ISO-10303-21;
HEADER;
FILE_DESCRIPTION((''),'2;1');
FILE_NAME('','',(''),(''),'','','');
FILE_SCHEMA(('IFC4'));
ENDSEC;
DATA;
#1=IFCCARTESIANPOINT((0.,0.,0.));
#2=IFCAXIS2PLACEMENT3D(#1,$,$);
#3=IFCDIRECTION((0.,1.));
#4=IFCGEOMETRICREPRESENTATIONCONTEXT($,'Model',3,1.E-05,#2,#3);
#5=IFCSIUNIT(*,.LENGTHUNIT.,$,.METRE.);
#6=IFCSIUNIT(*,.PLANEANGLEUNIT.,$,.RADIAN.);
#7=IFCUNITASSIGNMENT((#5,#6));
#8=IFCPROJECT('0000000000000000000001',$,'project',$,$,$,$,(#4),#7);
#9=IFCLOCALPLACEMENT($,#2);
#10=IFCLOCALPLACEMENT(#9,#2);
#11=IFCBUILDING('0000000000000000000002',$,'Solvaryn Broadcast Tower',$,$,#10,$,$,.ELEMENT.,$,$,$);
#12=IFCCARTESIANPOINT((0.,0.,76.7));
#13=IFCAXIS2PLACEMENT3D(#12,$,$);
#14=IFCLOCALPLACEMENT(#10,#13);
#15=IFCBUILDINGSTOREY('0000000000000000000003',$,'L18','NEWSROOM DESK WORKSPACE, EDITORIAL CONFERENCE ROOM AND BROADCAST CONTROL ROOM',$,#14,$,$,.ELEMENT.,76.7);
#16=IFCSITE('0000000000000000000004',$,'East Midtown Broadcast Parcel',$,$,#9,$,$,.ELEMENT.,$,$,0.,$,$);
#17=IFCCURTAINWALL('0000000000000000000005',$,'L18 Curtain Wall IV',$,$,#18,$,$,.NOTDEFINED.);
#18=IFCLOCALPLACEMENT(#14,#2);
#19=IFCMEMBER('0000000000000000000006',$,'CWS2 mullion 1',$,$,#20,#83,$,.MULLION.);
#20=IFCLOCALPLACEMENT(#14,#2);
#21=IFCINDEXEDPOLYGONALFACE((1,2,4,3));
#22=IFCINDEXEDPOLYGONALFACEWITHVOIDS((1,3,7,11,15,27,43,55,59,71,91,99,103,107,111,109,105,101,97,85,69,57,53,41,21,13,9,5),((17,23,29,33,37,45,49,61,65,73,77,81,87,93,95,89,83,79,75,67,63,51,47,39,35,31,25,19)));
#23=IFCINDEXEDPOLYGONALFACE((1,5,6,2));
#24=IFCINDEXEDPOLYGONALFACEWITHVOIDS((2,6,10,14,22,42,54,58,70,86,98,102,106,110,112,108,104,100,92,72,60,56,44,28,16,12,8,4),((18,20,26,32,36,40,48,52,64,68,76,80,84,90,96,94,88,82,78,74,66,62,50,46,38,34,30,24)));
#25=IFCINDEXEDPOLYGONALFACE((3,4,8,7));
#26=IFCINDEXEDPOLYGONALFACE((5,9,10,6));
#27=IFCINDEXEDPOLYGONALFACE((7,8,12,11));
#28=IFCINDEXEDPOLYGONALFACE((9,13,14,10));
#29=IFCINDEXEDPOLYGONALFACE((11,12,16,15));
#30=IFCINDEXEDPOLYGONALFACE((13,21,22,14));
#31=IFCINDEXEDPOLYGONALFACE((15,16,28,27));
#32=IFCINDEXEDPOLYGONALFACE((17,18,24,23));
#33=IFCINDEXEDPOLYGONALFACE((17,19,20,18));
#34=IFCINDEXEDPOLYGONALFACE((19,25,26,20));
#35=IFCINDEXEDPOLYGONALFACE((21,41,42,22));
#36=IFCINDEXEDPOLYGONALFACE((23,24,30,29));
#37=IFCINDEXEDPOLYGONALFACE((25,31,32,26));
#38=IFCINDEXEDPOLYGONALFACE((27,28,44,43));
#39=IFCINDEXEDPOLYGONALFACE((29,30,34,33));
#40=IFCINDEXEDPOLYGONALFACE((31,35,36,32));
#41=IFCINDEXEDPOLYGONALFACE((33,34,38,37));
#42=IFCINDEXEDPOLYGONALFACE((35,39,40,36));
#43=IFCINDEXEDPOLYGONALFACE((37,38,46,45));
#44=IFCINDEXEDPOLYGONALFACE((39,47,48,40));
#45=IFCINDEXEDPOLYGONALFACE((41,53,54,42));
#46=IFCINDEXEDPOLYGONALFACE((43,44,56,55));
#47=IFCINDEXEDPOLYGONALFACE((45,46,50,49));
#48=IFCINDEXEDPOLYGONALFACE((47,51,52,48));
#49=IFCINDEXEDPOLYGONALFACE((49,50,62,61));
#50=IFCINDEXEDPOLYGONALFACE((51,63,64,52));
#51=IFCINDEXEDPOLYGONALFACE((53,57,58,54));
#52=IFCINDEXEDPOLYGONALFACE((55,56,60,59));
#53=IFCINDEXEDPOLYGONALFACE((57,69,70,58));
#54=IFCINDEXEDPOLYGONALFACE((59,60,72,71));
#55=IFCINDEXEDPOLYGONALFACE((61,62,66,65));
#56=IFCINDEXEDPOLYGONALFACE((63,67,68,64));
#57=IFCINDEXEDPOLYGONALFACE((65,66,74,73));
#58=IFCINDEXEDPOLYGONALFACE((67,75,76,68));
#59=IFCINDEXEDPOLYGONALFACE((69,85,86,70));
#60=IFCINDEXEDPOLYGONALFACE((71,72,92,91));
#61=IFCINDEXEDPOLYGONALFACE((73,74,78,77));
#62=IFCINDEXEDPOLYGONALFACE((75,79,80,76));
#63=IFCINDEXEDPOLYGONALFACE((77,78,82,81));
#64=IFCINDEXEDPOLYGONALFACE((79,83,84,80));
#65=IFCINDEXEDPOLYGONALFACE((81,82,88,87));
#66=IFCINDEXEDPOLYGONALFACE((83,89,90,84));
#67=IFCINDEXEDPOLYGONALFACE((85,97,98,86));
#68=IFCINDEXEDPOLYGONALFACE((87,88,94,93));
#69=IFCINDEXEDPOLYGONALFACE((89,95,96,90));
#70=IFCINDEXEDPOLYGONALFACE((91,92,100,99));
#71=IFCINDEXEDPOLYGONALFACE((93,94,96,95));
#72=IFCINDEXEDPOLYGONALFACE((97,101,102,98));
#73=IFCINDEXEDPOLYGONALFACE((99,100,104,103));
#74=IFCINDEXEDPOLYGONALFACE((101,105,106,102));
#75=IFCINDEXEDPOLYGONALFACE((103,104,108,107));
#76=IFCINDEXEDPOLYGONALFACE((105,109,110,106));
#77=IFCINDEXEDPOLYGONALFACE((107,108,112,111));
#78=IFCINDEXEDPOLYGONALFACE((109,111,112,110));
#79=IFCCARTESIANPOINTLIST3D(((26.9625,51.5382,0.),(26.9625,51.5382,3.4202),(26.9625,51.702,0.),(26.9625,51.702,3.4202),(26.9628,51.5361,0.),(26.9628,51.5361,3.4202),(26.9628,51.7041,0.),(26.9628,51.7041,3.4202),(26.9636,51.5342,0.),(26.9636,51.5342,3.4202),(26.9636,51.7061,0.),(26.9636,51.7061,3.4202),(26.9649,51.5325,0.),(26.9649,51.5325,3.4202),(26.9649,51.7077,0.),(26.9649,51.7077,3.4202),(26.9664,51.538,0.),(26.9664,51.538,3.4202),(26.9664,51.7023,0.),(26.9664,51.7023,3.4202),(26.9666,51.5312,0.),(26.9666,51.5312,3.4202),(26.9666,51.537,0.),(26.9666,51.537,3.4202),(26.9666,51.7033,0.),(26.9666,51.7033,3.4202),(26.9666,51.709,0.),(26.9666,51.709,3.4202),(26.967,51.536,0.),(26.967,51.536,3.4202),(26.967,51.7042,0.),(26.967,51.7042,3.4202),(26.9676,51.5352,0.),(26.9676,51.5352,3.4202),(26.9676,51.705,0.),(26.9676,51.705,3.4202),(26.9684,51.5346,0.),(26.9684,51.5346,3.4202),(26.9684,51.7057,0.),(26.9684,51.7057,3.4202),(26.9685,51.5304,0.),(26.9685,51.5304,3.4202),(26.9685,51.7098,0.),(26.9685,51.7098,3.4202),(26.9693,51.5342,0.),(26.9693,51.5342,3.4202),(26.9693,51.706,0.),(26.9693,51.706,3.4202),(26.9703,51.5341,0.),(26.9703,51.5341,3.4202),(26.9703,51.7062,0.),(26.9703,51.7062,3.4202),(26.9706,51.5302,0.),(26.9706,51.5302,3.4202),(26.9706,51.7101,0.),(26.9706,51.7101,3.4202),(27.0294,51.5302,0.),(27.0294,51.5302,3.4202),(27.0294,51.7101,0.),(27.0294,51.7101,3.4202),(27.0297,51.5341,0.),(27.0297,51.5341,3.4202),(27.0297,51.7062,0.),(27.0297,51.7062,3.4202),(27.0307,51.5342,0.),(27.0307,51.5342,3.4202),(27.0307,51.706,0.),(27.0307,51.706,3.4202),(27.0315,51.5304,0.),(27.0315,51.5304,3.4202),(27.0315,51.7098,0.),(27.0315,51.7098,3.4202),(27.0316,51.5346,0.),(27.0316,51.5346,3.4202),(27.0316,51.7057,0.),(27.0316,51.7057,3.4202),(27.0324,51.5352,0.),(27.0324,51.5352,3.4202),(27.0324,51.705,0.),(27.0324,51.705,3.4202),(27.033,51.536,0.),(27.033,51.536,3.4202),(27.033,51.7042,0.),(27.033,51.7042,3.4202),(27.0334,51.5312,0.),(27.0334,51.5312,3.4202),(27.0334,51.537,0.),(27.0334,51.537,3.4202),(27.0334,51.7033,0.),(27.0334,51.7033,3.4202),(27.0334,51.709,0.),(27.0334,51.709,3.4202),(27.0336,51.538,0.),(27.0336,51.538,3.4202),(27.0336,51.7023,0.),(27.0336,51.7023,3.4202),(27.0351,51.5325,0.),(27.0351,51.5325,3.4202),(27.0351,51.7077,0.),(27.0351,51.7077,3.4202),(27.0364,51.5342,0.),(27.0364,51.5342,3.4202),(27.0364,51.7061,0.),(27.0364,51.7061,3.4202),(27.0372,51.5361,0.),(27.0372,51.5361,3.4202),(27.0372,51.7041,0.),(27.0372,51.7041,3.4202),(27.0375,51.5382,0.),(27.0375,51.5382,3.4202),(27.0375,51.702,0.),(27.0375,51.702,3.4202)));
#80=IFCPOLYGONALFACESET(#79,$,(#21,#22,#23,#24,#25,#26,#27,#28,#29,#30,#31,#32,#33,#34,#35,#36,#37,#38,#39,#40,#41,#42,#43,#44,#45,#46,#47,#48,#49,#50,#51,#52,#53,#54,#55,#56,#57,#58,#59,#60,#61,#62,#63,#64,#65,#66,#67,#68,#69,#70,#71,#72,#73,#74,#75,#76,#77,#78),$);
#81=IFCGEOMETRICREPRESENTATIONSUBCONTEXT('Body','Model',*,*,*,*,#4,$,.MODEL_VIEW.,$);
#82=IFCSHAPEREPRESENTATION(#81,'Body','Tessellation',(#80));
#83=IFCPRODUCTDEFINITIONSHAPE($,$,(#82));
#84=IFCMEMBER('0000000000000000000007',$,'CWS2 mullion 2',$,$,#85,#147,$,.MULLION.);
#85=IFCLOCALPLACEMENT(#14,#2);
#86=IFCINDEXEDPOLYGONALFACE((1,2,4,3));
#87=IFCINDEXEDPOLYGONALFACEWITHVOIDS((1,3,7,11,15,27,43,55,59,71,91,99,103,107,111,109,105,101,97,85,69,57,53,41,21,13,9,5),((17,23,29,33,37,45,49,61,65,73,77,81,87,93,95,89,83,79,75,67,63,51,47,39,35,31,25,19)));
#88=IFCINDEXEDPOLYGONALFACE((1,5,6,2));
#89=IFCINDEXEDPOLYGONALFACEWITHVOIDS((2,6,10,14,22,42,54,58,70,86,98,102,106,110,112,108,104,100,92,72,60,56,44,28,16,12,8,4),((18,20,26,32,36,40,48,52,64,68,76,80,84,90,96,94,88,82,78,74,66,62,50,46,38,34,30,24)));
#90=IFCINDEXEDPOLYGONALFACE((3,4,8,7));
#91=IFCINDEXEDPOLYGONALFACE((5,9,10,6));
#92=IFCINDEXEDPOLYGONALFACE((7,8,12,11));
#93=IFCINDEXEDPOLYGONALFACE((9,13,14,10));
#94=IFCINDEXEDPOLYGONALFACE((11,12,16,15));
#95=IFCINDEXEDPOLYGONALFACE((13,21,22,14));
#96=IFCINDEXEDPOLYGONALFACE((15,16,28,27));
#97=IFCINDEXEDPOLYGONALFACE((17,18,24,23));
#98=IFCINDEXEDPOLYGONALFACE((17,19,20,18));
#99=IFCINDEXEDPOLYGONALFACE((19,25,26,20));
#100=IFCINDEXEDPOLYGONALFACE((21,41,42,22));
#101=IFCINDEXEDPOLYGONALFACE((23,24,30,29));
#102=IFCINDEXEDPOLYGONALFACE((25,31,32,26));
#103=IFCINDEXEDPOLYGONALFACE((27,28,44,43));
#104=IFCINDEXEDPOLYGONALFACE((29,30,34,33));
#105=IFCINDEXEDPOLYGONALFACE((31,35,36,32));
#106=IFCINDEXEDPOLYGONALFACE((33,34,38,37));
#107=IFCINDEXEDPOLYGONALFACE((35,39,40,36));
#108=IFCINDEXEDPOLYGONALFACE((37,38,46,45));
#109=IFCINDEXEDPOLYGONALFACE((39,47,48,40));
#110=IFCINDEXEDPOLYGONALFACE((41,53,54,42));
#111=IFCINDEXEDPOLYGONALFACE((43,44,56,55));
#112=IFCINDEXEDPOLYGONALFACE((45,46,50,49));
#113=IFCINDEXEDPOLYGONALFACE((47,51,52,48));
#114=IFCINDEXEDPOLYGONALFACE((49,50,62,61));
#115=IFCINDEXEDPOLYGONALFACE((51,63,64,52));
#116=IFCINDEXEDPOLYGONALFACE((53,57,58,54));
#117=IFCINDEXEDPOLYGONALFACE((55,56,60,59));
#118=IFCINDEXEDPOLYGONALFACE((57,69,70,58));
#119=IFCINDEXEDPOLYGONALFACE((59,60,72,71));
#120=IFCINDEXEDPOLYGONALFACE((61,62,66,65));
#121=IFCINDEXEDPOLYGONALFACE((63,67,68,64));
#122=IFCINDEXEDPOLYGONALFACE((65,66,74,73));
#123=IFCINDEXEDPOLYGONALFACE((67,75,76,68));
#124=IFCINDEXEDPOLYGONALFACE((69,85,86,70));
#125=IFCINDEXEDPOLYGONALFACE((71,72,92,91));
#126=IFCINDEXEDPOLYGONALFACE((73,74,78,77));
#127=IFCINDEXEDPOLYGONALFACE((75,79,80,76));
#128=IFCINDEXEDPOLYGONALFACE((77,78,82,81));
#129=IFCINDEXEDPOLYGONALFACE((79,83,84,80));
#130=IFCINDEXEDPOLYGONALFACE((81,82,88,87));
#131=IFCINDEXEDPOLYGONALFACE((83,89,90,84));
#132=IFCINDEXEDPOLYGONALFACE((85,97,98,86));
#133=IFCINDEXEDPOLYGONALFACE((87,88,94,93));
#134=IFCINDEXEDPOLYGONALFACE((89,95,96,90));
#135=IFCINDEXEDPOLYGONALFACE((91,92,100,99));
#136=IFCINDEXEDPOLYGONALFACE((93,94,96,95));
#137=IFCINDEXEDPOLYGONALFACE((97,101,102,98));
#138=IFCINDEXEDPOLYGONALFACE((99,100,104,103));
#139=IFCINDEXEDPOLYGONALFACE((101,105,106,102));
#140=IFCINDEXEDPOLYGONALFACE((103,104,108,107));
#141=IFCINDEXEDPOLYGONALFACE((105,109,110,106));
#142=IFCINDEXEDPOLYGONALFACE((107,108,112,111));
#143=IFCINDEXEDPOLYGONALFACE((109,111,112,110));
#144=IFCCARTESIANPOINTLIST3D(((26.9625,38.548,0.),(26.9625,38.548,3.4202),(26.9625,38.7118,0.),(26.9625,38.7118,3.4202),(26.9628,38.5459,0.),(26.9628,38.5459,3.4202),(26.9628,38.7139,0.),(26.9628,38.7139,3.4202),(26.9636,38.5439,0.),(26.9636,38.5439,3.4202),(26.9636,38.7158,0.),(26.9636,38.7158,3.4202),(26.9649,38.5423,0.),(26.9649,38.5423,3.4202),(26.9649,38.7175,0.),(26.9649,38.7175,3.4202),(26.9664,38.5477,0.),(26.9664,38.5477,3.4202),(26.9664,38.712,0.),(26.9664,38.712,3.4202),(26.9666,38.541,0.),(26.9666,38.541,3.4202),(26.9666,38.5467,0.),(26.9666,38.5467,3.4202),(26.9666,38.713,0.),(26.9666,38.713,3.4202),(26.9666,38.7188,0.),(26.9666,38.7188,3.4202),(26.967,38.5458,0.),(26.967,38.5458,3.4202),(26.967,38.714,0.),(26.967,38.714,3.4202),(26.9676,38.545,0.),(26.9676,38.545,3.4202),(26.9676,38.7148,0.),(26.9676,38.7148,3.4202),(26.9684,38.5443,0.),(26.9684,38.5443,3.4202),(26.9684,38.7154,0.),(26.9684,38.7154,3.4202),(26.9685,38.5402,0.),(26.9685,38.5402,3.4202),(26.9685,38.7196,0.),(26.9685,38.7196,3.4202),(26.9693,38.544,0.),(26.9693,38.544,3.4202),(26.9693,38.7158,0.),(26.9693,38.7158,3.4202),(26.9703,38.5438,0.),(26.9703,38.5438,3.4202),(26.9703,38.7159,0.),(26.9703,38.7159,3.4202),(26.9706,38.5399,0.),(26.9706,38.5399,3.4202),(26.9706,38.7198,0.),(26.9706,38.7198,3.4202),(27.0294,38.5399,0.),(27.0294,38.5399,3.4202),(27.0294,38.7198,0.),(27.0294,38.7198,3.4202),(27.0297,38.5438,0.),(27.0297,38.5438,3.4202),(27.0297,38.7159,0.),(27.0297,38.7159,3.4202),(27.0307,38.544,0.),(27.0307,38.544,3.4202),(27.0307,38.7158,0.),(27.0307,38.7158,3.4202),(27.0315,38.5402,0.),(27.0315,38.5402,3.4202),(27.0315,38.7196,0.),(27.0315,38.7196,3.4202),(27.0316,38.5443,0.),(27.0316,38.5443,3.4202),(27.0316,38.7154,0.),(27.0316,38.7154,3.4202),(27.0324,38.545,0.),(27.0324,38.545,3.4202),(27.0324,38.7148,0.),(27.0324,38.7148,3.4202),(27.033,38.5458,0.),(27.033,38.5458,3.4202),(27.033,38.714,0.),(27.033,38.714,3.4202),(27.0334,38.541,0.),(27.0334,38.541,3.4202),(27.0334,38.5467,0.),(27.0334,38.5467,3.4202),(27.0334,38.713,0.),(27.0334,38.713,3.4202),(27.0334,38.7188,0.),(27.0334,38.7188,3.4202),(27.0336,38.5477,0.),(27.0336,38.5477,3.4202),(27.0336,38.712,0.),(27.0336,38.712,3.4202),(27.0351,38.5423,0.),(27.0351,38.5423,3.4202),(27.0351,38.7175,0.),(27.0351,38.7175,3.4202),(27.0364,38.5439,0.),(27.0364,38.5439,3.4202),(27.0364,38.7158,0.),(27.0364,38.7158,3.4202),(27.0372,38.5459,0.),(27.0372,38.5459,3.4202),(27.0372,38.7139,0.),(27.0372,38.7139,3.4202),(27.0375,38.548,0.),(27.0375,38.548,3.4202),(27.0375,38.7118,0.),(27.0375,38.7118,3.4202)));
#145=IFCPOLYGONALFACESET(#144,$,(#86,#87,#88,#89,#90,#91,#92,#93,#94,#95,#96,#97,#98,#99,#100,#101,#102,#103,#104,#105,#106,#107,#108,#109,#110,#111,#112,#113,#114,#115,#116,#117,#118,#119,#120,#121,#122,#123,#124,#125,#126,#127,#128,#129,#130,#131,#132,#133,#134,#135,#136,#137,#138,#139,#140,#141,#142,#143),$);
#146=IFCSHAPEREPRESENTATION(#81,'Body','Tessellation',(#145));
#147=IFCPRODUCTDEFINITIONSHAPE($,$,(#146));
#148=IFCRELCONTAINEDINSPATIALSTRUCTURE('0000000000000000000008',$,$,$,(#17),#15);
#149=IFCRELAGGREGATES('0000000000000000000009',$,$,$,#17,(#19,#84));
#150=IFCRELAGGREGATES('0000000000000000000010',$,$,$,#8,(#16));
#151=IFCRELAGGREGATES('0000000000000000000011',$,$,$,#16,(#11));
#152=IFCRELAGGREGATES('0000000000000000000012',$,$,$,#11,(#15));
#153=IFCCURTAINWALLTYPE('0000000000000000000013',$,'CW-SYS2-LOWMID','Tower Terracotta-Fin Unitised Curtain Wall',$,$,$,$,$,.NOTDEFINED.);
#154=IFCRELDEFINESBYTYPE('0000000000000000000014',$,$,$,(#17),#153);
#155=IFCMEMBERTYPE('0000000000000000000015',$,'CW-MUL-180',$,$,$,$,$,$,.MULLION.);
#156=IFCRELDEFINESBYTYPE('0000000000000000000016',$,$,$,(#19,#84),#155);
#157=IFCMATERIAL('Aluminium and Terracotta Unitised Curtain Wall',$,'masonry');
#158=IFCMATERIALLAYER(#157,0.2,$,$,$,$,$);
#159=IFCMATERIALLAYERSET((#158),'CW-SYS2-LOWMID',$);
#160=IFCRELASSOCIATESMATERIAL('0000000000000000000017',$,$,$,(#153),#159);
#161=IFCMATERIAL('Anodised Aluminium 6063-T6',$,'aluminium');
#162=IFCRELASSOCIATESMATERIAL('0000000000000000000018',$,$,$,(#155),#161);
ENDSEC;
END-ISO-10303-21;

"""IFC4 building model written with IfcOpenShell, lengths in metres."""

from ifc_helpers import new_model, si_unit, direction, frame, origin, origin_2d, place, context, subcontext, project, spatial, hollow_rectangle, extrude, material, layer, layer_set, material_profile, profile_set, type_object, element, aggregate, save


model = new_model("IFC4")

# Units and contexts
model_context = context("Model", 3, precision=1e-05, world=origin(), true_north=direction((0.0, 1.0)))
body_context = subcontext(model_context, "Body", "Model", "MODEL_VIEW")
ifc_project = project(units=[si_unit("LENGTHUNIT", "METRE"), si_unit("PLANEANGLEUNIT", "RADIAN")], contexts=[model_context])

# Site, building, storey
site_placement = place(None, origin())
site = spatial("IfcSite", under=ifc_project, at=site_placement, Name="East Midtown Broadcast Parcel", CompositionType="ELEMENT", RefElevation=0.0)
building_placement = place(site_placement, origin())
building = spatial("IfcBuilding", under=site, at=building_placement, Name="Solvaryn Broadcast Tower", CompositionType="ELEMENT")
storey_placement = place(building_placement, frame((0.0, 0.0, 76.7)))
storey = spatial("IfcBuildingStorey", under=building, at=storey_placement, Name="L18", Description="NEWSROOM DESK WORKSPACE, EDITORIAL CONFERENCE ROOM AND BROADCAST CONTROL ROOM", CompositionType="ELEMENT", Elevation=76.7)

# Curtain wall, members
ifc_material_1 = material(Name="Aluminium and Terracotta Unitised Curtain Wall", Category="masonry")
ifc_layer_1 = layer(ifc_material_1, 0.2)
ifc_layer_set_1 = layer_set([ifc_layer_1], Name="CW-SYS2-LOWMID")
curtain_wall_type = type_object("IfcCurtainWallType", Name="CW-SYS2-LOWMID", Description="Tower Terracotta-Fin Unitised Curtain Wall", PredefinedType="NOTDEFINED", material=ifc_layer_set_1)
curtain_wall_1_placement = place(storey_placement, origin())
curtain_wall_1 = element("IfcCurtainWall", 1, at=curtain_wall_1_placement, inside=storey, type_object=curtain_wall_type, Name="L18 Curtain Wall IV", PredefinedType="NOTDEFINED")
ifc_material_2 = material(Name="Anodised Aluminium 6063-T6", Category="aluminium")
ifc_material_profile_1 = material_profile(ifc_material_2, hollow_rectangle(XDim=0.075, YDim=0.1799, WallThickness=0.0039, InnerFilletRadius=0.0039, OuterFilletRadius=0.0081, at=origin_2d()))
ifc_profile_set_1 = profile_set([ifc_material_profile_1], Name="Anodised Aluminium 6063-T6")
member_type_1 = type_object("IfcMemberType", Name="CW-MUL-180", PredefinedType="MULLION", material=ifc_profile_set_1)
member_1_placement = place(storey_placement, frame((27.0, 51.6201, 0.0), z_axis=(0.0, 0.0, 1.0), x_axis=(1.0, 0.0, 0.0)))
member_1 = element("IfcMember", 2, at=member_1_placement, type_object=member_type_1, Name="CWS2 mullion 1", PredefinedType="MULLION", context=body_context, shape_type="SweptSolid", body=[
    extrude(hollow_rectangle(XDim=0.075, YDim=0.1799, WallThickness=0.0039, InnerFilletRadius=0.0039, OuterFilletRadius=0.0081, at=origin_2d()), origin(), (0.0, 0.0, 1.0), 3.4202),
])
member_2_placement = place(storey_placement, frame((27.0, 38.6299, 0.0), z_axis=(0.0, 0.0, 1.0), x_axis=(1.0, 0.0, 0.0)))
member_2 = element("IfcMember", 3, at=member_2_placement, type_object=member_type_1, Name="CWS2 mullion 2", PredefinedType="MULLION", context=body_context, shape_type="SweptSolid", body=[
    extrude(hollow_rectangle(XDim=0.075, YDim=0.1799, WallThickness=0.0039, InnerFilletRadius=0.0039, OuterFilletRadius=0.0081, at=origin_2d()), origin(), (0.0, 0.0, 1.0), 3.4202),
])

aggregate(curtain_wall_1, [member_1, member_2])

save(model, "model.ifc")
